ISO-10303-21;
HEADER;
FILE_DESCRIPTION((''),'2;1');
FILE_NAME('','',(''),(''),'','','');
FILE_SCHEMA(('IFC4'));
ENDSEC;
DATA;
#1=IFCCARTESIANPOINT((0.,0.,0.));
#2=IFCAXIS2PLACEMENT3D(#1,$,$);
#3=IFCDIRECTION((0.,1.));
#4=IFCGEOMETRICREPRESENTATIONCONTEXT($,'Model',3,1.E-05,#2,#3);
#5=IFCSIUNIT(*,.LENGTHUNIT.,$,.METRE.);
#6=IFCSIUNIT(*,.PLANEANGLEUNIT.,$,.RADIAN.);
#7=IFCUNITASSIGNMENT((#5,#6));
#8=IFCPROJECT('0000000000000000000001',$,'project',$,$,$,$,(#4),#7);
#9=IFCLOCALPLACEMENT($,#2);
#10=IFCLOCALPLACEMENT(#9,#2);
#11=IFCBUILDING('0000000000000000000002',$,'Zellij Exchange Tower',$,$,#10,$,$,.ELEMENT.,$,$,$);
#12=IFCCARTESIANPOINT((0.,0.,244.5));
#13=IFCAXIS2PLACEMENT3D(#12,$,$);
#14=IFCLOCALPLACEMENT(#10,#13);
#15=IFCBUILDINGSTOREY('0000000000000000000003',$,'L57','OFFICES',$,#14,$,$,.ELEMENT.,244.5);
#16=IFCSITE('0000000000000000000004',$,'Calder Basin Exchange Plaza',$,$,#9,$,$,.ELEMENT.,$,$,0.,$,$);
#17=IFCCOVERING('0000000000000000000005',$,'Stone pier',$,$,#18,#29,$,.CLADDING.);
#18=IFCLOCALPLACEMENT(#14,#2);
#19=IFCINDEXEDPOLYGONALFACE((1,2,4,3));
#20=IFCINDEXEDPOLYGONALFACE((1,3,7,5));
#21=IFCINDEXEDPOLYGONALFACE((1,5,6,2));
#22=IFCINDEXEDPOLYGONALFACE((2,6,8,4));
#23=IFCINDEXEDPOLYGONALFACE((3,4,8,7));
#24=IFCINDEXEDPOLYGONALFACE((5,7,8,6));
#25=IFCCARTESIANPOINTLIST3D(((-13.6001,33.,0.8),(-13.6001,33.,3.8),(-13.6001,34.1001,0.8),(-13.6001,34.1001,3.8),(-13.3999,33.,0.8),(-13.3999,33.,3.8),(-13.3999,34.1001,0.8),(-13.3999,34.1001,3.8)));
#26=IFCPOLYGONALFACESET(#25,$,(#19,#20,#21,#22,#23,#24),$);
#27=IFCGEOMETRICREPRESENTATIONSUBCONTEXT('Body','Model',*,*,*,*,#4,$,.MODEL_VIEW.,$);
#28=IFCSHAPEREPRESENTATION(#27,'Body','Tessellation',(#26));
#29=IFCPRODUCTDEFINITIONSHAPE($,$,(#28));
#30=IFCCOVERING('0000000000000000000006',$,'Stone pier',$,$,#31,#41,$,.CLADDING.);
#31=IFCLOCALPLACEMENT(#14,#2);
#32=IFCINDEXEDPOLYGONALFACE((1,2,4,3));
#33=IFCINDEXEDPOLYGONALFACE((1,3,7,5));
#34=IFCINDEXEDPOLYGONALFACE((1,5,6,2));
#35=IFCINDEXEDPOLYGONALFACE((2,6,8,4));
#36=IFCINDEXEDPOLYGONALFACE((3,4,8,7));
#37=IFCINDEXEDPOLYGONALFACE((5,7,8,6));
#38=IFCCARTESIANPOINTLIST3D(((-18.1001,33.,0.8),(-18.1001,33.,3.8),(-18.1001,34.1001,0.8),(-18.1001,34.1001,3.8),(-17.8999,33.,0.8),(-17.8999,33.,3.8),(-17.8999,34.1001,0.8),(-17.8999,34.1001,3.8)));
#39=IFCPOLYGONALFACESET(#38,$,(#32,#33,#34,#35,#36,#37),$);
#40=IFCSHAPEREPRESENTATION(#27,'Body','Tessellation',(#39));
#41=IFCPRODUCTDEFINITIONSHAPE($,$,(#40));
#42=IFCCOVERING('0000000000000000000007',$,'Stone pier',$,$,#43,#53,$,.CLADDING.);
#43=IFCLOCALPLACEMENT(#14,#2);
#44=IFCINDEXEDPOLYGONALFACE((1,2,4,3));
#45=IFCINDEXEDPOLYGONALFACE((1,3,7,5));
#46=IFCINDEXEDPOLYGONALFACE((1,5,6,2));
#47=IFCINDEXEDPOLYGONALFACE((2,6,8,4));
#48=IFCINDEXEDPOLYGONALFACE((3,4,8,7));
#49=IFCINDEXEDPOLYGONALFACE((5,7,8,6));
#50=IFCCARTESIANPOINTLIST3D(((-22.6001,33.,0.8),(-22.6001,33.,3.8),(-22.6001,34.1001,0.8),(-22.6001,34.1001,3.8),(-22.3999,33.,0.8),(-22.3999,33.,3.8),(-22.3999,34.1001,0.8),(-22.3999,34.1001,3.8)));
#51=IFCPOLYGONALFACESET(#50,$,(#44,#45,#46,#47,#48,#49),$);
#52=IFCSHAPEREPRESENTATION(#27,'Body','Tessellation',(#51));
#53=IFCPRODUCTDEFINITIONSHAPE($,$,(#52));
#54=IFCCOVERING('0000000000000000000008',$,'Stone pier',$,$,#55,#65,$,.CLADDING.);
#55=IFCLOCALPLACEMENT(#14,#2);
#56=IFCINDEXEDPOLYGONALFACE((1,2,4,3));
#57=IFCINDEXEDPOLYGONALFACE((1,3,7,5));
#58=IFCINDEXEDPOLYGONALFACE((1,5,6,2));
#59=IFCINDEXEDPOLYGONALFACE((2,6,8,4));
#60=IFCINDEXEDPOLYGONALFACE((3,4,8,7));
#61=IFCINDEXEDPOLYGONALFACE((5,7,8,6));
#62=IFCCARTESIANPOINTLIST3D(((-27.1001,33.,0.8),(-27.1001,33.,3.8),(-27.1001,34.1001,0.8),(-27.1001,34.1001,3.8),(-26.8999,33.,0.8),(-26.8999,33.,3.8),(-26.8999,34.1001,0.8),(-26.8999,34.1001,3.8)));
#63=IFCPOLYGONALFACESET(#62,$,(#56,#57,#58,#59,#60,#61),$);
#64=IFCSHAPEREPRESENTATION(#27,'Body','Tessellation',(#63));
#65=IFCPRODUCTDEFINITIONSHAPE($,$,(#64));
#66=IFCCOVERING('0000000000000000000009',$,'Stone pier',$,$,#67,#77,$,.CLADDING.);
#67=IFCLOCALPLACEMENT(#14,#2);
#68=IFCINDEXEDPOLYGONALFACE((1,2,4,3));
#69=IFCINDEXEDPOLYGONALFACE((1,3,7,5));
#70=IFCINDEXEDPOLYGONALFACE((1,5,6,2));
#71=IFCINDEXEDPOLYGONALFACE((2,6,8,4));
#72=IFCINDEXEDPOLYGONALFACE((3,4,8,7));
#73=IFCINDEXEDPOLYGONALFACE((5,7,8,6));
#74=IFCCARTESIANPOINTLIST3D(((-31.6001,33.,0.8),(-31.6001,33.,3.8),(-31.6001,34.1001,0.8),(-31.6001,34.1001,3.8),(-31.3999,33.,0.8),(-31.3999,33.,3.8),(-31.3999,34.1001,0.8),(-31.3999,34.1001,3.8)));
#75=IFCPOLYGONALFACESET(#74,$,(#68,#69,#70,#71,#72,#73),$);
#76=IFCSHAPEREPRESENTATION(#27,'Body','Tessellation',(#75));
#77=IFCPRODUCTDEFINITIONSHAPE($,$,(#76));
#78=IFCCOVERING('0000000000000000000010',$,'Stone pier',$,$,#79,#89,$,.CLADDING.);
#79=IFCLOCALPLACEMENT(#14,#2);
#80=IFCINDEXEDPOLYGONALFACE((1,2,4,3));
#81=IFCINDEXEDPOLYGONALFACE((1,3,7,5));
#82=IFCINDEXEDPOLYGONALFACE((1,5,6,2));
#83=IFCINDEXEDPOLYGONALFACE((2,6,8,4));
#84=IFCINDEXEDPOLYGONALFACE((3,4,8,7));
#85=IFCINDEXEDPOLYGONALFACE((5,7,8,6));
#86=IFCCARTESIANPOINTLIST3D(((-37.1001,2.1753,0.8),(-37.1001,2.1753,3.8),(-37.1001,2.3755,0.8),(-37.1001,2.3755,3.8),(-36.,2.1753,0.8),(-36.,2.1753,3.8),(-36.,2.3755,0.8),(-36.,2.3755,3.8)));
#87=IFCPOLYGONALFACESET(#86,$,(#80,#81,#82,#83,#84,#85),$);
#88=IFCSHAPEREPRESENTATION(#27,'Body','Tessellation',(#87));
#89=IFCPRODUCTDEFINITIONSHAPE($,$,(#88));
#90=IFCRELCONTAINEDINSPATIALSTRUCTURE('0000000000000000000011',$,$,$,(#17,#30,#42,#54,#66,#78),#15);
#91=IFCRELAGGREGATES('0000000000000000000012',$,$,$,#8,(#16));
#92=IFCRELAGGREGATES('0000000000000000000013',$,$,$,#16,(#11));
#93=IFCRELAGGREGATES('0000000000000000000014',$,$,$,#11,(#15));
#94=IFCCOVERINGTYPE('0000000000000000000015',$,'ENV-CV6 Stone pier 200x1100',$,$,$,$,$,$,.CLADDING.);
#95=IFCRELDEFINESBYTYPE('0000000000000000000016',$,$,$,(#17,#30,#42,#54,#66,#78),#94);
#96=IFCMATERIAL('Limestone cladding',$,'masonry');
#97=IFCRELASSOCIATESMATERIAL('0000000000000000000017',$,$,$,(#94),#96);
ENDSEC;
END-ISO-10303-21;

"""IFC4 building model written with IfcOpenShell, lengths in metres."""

from ifc_helpers import new_model, si_unit, direction, frame, origin, place, context, subcontext, project, spatial, polyline, outline, extrude, material, type_object, element, save


model = new_model("IFC4")

# Units and contexts
model_context = context("Model", 3, precision=1e-05, world=origin(), true_north=direction((0.0, 1.0)))
body_context = subcontext(model_context, "Body", "Model", "MODEL_VIEW")
ifc_project = project(units=[si_unit("LENGTHUNIT", "METRE"), si_unit("PLANEANGLEUNIT", "RADIAN")], contexts=[model_context])

# Site, building, storey
site_placement = place(None, origin())
site = spatial("IfcSite", under=ifc_project, at=site_placement, Name="Calder Basin Exchange Plaza", CompositionType="ELEMENT", RefElevation=0.0)
building_placement = place(site_placement, origin())
building = spatial("IfcBuilding", under=site, at=building_placement, Name="Zellij Exchange Tower", CompositionType="ELEMENT")
storey_placement = place(building_placement, frame((0.0, 0.0, 244.5)))
storey = spatial("IfcBuildingStorey", under=building, at=storey_placement, Name="L57", Description="OFFICES", CompositionType="ELEMENT", Elevation=244.5)

# Coverings
ifc_material = material(Name="Limestone cladding", Category="masonry")
covering_type_1 = type_object("IfcCoveringType", Name="ENV-CV6 Stone pier 200x1100", PredefinedType="CLADDING", material=ifc_material)
covering_1_placement = place(storey_placement, frame((0.0, 0.0, 0.8)))
element("IfcCovering", 1, at=covering_1_placement, inside=storey, type_object=covering_type_1, Name="Stone pier", PredefinedType="CLADDING", context=body_context, shape_type="SweptSolid", body=[
    extrude(outline(polyline([(-13.3999, 33.0), (-13.6001, 33.0), (-13.6001, 34.1001), (-13.3999, 34.1001), (-13.3999, 33.0)])), origin(), (0.0, 0.0, 1.0), 3.0),
])
covering_2_placement = place(storey_placement, frame((0.0, 0.0, 0.8)))
element("IfcCovering", 2, at=covering_2_placement, inside=storey, type_object=covering_type_1, Name="Stone pier", PredefinedType="CLADDING", context=body_context, shape_type="SweptSolid", body=[
    extrude(outline(polyline([(-17.8999, 33.0), (-18.1001, 33.0), (-18.1001, 34.1001), (-17.8999, 34.1001), (-17.8999, 33.0)])), origin(), (0.0, 0.0, 1.0), 3.0),
])
covering_3_placement = place(storey_placement, frame((0.0, 0.0, 0.8)))
element("IfcCovering", 3, at=covering_3_placement, inside=storey, type_object=covering_type_1, Name="Stone pier", PredefinedType="CLADDING", context=body_context, shape_type="SweptSolid", body=[
    extrude(outline(polyline([(-22.3999, 33.0), (-22.6001, 33.0), (-22.6001, 34.1001), (-22.3999, 34.1001), (-22.3999, 33.0)])), origin(), (0.0, 0.0, 1.0), 3.0),
])
covering_4_placement = place(storey_placement, frame((0.0, 0.0, 0.8)))
element("IfcCovering", 4, at=covering_4_placement, inside=storey, type_object=covering_type_1, Name="Stone pier", PredefinedType="CLADDING", context=body_context, shape_type="SweptSolid", body=[
    extrude(outline(polyline([(-26.8999, 33.0), (-27.1001, 33.0), (-27.1001, 34.1001), (-26.8999, 34.1001), (-26.8999, 33.0)])), origin(), (0.0, 0.0, 1.0), 3.0),
])
covering_5_placement = place(storey_placement, frame((0.0, 0.0, 0.8)))
element("IfcCovering", 5, at=covering_5_placement, inside=storey, type_object=covering_type_1, Name="Stone pier", PredefinedType="CLADDING", context=body_context, shape_type="SweptSolid", body=[
    extrude(outline(polyline([(-31.3999, 33.0), (-31.6001, 33.0), (-31.6001, 34.1001), (-31.3999, 34.1001), (-31.3999, 33.0)])), origin(), (0.0, 0.0, 1.0), 3.0),
])
covering_6_placement = place(storey_placement, frame((0.0, 0.0, 0.8)))
element("IfcCovering", 6, at=covering_6_placement, inside=storey, type_object=covering_type_1, Name="Stone pier", PredefinedType="CLADDING", context=body_context, shape_type="SweptSolid", body=[
    extrude(outline(polyline([(-36.0, 2.3755), (-36.0, 2.1753), (-37.1001, 2.1753), (-37.1001, 2.3755), (-36.0, 2.3755)])), origin(), (0.0, 0.0, 1.0), 3.0),
])

save(model, "model.ifc")
